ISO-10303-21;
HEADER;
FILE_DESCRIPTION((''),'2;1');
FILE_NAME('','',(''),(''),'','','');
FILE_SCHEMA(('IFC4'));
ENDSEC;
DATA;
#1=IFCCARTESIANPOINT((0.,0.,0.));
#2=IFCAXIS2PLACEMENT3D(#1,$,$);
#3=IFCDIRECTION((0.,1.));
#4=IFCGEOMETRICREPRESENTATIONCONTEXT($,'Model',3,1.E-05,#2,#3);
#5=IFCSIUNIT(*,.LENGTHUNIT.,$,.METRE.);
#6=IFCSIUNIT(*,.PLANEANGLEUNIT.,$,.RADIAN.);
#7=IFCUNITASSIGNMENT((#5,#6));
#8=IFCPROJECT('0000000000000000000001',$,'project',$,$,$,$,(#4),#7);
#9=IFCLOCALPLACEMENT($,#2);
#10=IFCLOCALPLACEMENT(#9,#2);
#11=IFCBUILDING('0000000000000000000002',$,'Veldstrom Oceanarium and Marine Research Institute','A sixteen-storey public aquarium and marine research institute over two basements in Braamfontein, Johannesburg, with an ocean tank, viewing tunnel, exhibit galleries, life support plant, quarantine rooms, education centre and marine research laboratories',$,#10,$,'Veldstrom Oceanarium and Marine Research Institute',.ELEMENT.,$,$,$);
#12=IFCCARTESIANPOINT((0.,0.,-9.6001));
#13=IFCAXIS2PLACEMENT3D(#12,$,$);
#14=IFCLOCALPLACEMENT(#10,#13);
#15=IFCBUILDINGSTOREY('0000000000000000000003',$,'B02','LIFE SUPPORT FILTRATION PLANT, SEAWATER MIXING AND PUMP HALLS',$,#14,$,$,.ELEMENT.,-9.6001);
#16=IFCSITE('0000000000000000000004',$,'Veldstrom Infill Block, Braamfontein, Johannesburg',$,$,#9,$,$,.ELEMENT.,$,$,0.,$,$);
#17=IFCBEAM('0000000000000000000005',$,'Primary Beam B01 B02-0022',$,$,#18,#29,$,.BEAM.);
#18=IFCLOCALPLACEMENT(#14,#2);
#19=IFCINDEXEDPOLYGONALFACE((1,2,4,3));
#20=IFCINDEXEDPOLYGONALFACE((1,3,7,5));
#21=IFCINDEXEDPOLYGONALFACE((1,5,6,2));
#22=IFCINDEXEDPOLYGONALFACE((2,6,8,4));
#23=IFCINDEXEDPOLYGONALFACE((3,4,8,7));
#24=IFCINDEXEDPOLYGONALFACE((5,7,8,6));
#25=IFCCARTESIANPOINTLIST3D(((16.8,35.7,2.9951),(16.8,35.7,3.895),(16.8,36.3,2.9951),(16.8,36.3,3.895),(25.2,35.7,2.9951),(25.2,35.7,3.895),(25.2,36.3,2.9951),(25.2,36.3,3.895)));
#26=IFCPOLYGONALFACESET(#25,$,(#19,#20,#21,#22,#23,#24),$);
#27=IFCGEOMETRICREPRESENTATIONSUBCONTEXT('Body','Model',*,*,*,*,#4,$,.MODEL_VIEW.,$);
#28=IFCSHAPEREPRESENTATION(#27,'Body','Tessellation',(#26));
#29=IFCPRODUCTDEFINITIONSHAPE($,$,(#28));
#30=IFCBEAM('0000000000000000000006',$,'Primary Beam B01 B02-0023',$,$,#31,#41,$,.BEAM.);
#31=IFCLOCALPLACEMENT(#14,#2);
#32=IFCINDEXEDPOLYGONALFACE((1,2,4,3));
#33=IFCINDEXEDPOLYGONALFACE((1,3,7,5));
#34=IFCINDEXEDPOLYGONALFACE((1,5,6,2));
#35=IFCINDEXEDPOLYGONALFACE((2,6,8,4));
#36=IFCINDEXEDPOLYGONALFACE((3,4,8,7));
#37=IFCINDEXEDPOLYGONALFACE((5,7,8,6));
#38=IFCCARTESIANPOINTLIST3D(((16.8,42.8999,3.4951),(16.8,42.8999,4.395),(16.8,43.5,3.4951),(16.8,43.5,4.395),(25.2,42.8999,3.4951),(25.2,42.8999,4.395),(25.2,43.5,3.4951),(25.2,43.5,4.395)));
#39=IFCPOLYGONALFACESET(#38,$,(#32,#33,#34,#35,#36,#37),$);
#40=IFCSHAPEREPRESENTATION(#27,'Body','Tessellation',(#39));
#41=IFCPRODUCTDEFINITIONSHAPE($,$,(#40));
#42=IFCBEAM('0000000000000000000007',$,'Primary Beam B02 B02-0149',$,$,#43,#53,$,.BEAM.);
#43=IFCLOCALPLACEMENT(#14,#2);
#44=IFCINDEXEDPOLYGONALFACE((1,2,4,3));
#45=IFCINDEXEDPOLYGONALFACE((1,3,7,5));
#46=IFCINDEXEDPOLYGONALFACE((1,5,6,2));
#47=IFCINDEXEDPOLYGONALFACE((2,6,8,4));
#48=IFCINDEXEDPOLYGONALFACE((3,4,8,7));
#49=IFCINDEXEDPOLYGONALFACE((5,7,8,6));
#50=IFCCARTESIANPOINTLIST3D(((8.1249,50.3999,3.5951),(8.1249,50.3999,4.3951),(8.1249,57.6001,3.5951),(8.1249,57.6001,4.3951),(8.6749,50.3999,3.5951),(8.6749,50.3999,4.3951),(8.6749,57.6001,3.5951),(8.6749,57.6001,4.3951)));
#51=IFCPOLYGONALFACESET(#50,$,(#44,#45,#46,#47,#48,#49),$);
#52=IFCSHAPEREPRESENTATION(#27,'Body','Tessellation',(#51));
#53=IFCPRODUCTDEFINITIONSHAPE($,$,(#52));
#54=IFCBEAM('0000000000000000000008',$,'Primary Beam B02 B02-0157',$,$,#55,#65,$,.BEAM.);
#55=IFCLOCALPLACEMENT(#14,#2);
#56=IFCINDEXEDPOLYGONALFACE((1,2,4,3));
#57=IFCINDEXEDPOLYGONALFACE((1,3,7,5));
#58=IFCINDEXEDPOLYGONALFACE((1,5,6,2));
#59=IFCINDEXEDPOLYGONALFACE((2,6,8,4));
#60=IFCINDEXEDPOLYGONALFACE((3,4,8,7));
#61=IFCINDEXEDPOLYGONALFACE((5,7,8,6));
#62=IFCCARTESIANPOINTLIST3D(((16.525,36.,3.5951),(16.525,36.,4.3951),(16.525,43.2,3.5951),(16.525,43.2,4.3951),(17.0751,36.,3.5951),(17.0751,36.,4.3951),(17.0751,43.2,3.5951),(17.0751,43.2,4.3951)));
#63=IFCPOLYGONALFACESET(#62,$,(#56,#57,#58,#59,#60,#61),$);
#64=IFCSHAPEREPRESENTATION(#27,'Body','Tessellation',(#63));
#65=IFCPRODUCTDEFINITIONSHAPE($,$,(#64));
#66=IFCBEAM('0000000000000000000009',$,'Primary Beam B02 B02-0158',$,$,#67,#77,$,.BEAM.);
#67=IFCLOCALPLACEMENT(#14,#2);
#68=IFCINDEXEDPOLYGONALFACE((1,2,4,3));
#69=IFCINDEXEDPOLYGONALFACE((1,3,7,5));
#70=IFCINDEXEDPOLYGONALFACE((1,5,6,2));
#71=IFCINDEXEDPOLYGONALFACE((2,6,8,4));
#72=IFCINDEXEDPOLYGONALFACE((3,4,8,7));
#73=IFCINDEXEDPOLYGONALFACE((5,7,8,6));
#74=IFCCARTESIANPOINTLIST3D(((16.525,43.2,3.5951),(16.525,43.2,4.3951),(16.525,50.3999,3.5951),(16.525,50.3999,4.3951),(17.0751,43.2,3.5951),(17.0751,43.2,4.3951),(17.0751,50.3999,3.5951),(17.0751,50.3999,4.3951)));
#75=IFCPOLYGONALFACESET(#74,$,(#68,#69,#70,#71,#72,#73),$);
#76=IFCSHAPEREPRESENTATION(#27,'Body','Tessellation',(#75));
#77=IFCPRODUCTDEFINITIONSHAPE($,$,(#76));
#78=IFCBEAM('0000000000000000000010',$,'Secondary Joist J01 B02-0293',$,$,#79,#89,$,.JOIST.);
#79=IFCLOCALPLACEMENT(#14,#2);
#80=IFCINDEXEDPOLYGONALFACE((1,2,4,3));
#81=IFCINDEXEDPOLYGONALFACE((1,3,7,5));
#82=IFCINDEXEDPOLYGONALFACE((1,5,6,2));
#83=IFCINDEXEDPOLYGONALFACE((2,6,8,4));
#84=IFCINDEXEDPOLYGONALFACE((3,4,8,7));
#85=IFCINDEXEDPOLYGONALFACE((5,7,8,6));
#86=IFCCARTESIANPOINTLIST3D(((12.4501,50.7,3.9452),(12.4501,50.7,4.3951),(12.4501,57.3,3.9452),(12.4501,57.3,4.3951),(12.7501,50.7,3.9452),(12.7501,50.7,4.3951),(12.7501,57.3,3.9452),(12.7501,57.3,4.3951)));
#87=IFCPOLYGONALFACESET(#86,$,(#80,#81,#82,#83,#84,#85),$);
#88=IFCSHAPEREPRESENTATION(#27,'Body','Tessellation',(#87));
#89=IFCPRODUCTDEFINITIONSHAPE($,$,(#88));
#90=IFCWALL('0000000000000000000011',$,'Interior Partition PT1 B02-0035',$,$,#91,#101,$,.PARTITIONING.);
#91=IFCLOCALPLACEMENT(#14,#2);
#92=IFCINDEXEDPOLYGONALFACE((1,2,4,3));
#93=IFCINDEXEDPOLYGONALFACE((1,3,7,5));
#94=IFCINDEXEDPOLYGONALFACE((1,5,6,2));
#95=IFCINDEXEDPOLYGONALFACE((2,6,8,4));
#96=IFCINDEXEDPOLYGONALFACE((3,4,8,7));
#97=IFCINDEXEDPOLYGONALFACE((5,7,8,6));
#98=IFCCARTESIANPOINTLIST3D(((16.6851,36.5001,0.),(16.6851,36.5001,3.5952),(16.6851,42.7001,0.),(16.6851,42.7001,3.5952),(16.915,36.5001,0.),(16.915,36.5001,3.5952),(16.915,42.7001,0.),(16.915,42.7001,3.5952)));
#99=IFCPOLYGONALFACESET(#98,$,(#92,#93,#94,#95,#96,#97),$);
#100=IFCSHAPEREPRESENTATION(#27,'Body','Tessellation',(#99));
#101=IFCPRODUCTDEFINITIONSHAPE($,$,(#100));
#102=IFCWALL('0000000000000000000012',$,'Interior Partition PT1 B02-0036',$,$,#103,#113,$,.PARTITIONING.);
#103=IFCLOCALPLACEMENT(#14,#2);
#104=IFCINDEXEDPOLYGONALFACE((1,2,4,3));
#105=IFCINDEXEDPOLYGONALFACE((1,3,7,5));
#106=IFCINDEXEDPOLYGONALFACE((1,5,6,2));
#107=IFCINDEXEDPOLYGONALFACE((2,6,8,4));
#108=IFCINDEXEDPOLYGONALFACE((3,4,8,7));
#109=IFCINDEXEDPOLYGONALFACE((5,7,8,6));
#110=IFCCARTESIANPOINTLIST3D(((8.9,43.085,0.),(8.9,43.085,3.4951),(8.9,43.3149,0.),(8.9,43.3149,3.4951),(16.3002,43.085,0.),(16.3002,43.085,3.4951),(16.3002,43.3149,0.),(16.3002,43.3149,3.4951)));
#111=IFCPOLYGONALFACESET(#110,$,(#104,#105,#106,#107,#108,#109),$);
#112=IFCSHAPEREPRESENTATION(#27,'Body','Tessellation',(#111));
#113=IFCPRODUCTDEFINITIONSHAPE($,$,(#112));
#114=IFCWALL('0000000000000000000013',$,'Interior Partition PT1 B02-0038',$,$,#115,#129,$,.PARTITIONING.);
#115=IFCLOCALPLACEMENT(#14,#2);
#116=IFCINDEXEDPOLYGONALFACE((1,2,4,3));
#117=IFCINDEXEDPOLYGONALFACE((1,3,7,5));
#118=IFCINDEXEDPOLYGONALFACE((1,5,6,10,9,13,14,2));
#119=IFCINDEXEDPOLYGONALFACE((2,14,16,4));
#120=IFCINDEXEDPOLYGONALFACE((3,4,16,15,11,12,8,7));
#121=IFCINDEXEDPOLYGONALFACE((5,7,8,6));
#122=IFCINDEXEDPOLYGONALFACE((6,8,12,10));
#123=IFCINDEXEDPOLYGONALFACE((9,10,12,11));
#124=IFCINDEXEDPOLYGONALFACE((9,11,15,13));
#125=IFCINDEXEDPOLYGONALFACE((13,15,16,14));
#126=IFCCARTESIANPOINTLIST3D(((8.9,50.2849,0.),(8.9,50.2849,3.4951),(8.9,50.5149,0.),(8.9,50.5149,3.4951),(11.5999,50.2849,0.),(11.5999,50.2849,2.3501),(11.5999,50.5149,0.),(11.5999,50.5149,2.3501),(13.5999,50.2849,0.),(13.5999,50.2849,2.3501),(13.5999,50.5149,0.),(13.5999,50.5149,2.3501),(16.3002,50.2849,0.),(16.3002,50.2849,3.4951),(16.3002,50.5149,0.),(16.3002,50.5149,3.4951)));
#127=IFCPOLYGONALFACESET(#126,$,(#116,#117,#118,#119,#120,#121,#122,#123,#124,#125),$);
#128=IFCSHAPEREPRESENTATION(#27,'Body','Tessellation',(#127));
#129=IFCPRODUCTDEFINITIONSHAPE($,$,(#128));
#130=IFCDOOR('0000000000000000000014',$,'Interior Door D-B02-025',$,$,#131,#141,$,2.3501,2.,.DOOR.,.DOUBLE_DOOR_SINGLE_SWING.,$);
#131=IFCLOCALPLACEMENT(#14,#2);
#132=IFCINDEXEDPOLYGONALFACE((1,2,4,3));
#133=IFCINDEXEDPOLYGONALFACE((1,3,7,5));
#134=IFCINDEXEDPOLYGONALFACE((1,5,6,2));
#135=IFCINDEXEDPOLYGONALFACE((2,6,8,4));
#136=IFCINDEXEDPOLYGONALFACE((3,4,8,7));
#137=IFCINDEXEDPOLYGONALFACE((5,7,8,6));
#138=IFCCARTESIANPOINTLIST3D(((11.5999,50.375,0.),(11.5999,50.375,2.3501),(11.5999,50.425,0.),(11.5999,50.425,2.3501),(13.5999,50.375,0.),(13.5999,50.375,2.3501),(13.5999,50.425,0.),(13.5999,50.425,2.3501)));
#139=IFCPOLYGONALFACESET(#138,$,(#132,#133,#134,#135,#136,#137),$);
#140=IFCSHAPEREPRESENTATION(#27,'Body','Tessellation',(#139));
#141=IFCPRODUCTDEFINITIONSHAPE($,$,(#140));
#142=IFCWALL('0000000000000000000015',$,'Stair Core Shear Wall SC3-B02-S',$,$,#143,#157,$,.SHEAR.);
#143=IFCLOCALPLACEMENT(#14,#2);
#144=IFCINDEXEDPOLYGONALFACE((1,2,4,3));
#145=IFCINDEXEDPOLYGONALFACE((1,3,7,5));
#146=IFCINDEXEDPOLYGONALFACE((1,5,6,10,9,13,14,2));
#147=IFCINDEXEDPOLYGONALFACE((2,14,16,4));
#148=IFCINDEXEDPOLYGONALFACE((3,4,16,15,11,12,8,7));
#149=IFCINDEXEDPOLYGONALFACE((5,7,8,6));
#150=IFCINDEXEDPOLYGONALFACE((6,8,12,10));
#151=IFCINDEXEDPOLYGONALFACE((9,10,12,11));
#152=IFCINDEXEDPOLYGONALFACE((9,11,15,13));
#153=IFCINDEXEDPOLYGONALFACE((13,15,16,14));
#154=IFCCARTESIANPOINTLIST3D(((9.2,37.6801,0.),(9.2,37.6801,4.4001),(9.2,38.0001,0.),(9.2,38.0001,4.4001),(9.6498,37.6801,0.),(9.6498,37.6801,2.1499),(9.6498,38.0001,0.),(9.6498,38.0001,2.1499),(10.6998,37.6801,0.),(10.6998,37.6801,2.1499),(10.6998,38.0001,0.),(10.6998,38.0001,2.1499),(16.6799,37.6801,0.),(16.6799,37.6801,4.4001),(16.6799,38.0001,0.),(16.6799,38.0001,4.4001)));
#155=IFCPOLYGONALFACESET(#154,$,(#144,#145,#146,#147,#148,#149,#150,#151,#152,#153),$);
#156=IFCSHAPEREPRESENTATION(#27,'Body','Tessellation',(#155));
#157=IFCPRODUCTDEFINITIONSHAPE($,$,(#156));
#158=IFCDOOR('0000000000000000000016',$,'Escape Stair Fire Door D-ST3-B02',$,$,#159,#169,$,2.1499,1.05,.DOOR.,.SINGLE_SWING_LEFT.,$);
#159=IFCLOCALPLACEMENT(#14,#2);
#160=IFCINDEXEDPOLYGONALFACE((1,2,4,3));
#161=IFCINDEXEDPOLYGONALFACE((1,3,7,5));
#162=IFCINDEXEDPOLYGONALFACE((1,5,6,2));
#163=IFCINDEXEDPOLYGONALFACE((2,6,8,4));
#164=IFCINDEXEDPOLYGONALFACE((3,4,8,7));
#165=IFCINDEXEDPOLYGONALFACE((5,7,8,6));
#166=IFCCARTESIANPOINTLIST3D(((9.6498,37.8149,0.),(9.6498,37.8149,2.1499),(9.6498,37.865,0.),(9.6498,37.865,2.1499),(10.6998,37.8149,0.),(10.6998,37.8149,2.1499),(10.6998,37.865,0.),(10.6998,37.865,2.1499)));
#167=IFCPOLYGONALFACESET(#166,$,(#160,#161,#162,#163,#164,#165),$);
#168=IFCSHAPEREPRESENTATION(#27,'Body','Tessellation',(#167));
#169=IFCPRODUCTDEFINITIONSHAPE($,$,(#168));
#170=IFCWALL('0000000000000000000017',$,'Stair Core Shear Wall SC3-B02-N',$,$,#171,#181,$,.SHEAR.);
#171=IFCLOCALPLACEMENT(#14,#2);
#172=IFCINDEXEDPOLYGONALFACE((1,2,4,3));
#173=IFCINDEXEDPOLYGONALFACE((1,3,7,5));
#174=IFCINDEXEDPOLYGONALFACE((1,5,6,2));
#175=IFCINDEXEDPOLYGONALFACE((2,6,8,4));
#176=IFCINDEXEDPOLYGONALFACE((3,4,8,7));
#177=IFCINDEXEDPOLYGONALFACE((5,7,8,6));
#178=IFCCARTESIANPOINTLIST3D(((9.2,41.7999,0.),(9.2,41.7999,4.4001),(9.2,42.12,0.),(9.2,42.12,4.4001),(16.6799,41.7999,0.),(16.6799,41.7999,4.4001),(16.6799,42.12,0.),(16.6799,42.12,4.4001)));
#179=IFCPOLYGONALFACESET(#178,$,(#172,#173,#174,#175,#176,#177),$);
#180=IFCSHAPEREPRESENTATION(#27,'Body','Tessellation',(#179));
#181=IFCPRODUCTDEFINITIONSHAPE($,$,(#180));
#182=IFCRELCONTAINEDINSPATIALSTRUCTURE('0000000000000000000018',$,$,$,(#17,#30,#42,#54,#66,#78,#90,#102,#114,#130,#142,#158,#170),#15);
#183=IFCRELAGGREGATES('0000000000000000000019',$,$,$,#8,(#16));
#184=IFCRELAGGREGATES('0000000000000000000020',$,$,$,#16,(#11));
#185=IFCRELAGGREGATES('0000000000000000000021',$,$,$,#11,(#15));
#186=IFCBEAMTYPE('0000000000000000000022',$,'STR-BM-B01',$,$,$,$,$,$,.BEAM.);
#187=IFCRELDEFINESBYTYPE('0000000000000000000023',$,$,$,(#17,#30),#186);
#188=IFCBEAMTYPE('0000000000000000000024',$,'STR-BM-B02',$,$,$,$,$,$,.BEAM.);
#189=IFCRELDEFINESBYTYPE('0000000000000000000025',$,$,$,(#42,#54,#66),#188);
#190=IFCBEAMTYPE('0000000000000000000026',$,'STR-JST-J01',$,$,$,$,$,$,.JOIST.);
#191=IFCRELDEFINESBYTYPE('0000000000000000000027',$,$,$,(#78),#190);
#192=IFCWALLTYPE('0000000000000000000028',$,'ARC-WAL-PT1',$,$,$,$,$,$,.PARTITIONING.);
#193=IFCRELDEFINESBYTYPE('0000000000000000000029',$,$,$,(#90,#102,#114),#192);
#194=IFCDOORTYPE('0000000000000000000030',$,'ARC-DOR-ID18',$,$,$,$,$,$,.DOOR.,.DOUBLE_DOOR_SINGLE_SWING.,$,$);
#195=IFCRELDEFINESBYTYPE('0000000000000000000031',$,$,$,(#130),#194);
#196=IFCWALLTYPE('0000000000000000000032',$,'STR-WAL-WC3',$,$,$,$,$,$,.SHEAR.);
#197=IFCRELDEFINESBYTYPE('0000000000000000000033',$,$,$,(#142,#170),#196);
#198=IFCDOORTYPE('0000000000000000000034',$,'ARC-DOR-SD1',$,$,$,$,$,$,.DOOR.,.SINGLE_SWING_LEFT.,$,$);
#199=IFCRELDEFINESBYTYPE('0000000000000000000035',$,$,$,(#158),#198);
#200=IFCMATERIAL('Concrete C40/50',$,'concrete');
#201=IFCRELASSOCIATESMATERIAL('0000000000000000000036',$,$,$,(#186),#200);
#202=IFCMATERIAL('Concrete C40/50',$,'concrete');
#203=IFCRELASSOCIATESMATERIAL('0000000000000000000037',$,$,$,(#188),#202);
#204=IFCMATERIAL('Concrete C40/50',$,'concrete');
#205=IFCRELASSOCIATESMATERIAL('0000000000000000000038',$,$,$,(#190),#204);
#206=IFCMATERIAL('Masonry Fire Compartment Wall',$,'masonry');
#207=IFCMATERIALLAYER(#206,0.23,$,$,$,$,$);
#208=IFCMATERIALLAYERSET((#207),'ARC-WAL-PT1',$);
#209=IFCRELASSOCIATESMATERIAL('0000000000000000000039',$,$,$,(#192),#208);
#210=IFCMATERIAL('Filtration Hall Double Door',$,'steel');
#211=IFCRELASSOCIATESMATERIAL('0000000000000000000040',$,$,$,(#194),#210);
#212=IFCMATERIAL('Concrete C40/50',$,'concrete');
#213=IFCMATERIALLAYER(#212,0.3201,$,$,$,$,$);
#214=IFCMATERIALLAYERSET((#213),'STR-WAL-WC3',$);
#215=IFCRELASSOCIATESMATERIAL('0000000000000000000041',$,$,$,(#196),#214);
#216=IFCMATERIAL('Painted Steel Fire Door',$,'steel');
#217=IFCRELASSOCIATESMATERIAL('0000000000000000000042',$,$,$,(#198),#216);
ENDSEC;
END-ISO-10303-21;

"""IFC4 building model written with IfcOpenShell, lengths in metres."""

from ifc_helpers import new_model, si_unit, direction, frame, frame_2d, origin, origin_2d, place, context, subcontext, project, spatial, rectangle, extrude, material, layer, layer_set, material_profile, profile_set, type_object, element, fill, save


model = new_model("IFC4")

# Units and contexts
model_context = context("Model", 3, precision=1e-05, world=origin(), true_north=direction((0.0, 1.0)))
body_context = subcontext(model_context, "Body", "Model", "MODEL_VIEW")
ifc_project = project(units=[si_unit("LENGTHUNIT", "METRE"), si_unit("PLANEANGLEUNIT", "RADIAN")], contexts=[model_context])

# Site, building, storey
site_placement = place(None, origin())
site = spatial("IfcSite", under=ifc_project, at=site_placement, Name="Veldstrom Infill Block, Braamfontein, Johannesburg", CompositionType="ELEMENT", RefElevation=0.0)
building_placement = place(site_placement, origin())
building = spatial("IfcBuilding", under=site, at=building_placement, Name="Veldstrom Oceanarium and Marine Research Institute", Description="A sixteen-storey public aquarium and marine research institute over two basements in Braamfontein, Johannesburg, with an ocean tank, viewing tunnel, exhibit galleries, life support plant, quarantine rooms, education centre and marine research laboratories", LongName="Veldstrom Oceanarium and Marine Research Institute", CompositionType="ELEMENT")
storey_placement = place(building_placement, frame((0.0, 0.0, -9.6001)))
storey = spatial("IfcBuildingStorey", under=building, at=storey_placement, Name="B02", Description="LIFE SUPPORT FILTRATION PLANT, SEAWATER MIXING AND PUMP HALLS", CompositionType="ELEMENT", Elevation=-9.6001)

# Beams
ifc_material_1 = material(Name="Concrete C40/50", Category="concrete")
ifc_material_profile_1 = material_profile(ifc_material_1, rectangle(XDim=0.6001, YDim=0.8999, at=origin_2d()), Name="RC-BM-600x900")
ifc_profile_set_1 = profile_set([ifc_material_profile_1], Name="Concrete C40/50")
beam_type_1 = type_object("IfcBeamType", Name="STR-BM-B01", PredefinedType="BEAM", material=ifc_profile_set_1)
for number, where, z_axis, x_axis, name in (
    (1, (16.8, 36.0, 3.4451), (1.0, 0.0, 0.0), (0.0, 1.0, 0.0), "Primary Beam B01 B02-0022"),
    (2, (16.8, 43.2, 3.9451), (1.0, 0.0, 0.0), (0.0, 1.0, 0.0), "Primary Beam B01 B02-0023"),
):
    element("IfcBeam", number, at=place(storey_placement, frame(where, z_axis=z_axis, x_axis=x_axis)), inside=storey, type_object=beam_type_1, Name=name, PredefinedType="BEAM", context=body_context, shape_type="SweptSolid", body=[
        extrude(rectangle(XDim=0.6001, YDim=0.8999, at=origin_2d()), origin(), (0.0, 0.0, 1.0), 8.3999),
    ])
ifc_material_2 = material(Name="Concrete C40/50", Category="concrete")
ifc_material_profile_2 = material_profile(ifc_material_2, rectangle(XDim=0.55, YDim=0.8, at=origin_2d()), Name="RC-BM-550x800")
ifc_profile_set_2 = profile_set([ifc_material_profile_2], Name="Concrete C40/50")
beam_type_2 = type_object("IfcBeamType", Name="STR-BM-B02", PredefinedType="BEAM", material=ifc_profile_set_2)
beam_1_placement = place(storey_placement, frame((8.3999, 50.3999, 3.9951), z_axis=(0.0, 1.0, 0.0), x_axis=(-1.0, 0.0, 0.0)))
element("IfcBeam", 3, at=beam_1_placement, inside=storey, type_object=beam_type_2, Name="Primary Beam B02 B02-0149", PredefinedType="BEAM", context=body_context, shape_type="SweptSolid", body=[
    extrude(rectangle(XDim=0.55, YDim=0.8, at=origin_2d()), origin(), (0.0, 0.0, 1.0), 7.2002),
])
for number, where, z_axis, x_axis, name in (
    (4, (16.8, 36.0, 3.9951), (0.0, 1.0, 0.0), (-1.0, 0.0, 0.0), "Primary Beam B02 B02-0157"),
    (5, (16.8, 43.2, 3.9951), (0.0, 1.0, 0.0), (-1.0, 0.0, 0.0), "Primary Beam B02 B02-0158"),
):
    element("IfcBeam", number, at=place(storey_placement, frame(where, z_axis=z_axis, x_axis=x_axis)), inside=storey, type_object=beam_type_2, Name=name, PredefinedType="BEAM", context=body_context, shape_type="SweptSolid", body=[
        extrude(rectangle(XDim=0.55, YDim=0.8, at=origin_2d()), origin(), (0.0, 0.0, 1.0), 7.2),
    ])
ifc_material_3 = material(Name="Concrete C40/50", Category="concrete")
ifc_material_profile_3 = material_profile(ifc_material_3, rectangle(XDim=0.3, YDim=0.45, at=origin_2d()), Name="RC-JST-300x450")
ifc_profile_set_3 = profile_set([ifc_material_profile_3], Name="Concrete C40/50")
beam_type_3 = type_object("IfcBeamType", Name="STR-JST-J01", PredefinedType="JOIST", material=ifc_profile_set_3)
beam_2_placement = place(storey_placement, frame((12.6001, 50.7, 4.1702), z_axis=(0.0, 1.0, 0.0), x_axis=(-1.0, 0.0, 0.0)))
element("IfcBeam", 6, at=beam_2_placement, inside=storey, type_object=beam_type_3, Name="Secondary Joist J01 B02-0293", PredefinedType="JOIST", context=body_context, shape_type="SweptSolid", body=[
    extrude(rectangle(XDim=0.3, YDim=0.45, at=origin_2d()), origin(), (0.0, 0.0, 1.0), 6.6001),
])

# Walls
ifc_material_4 = material(Name="Masonry Fire Compartment Wall", Category="masonry")
ifc_layer_1 = layer(ifc_material_4, 0.23)
ifc_layer_set_1 = layer_set([ifc_layer_1], Name="ARC-WAL-PT1")
wall_type_1 = type_object("IfcWallType", Name="ARC-WAL-PT1", PredefinedType="PARTITIONING", material=ifc_layer_set_1)
wall_1_placement = place(storey_placement, frame((16.8, 36.5, 0.0), z_axis=(0.0, 0.0, 1.0), x_axis=(0.0, 1.0, 0.0)))
element("IfcWall", 7, at=wall_1_placement, inside=storey, type_object=wall_type_1, Name="Interior Partition PT1 B02-0035", PredefinedType="PARTITIONING", context=body_context, shape_type="SweptSolid", body=[
    extrude(rectangle(XDim=6.2, YDim=0.23, at=frame_2d((3.1001, 0.0))), origin(), (0.0, 0.0, 1.0), 3.5952),
])
wall_2_placement = place(storey_placement, frame((8.8999, 43.2, 0.0), z_axis=(0.0, 0.0, 1.0), x_axis=(1.0, 0.0, 0.0)))
element("IfcWall", 8, at=wall_2_placement, inside=storey, type_object=wall_type_1, Name="Interior Partition PT1 B02-0036", PredefinedType="PARTITIONING", context=body_context, shape_type="SweptSolid", body=[
    extrude(rectangle(XDim=7.4001, YDim=0.23, at=frame_2d((3.7002, 0.0))), origin(), (0.0, 0.0, 1.0), 3.4951),
])

# Walls, openings, doors
wall_3_placement = place(storey_placement, frame((8.8999, 50.3999, 0.0), z_axis=(0.0, 0.0, 1.0), x_axis=(1.0, 0.0, 0.0)))
wall_3 = element("IfcWall", 9, at=wall_3_placement, inside=storey, type_object=wall_type_1, Name="Interior Partition PT1 B02-0038", PredefinedType="PARTITIONING", context=body_context, shape_type="SweptSolid", body=[
    extrude(rectangle(XDim=7.4001, YDim=0.23, at=frame_2d((3.7002, 0.0))), origin(), (0.0, 0.0, 1.0), 3.4951),
])
opening_1_placement = place(wall_3_placement, frame((2.7, 0.0, 0.0)))
opening_1 = element("IfcOpeningElement", 10, at=opening_1_placement, cuts=wall_3, PredefinedType="OPENING", context=body_context, shape_type="SweptSolid", body=[
    extrude(rectangle(XDim=2.0, YDim=2.3501, at=frame_2d((1.0, 1.175))), frame((0.0, 0.125, 0.0), z_axis=(0.0, -1.0, 0.0), x_axis=(1.0, 0.0, 0.0)), (0.0, 0.0, 1.0), 0.25),
])
ifc_material_5 = material(Name="Filtration Hall Double Door", Category="steel")
door_type_1 = type_object("IfcDoorType", Name="ARC-DOR-ID18", OperationType="DOUBLE_DOOR_SINGLE_SWING", PredefinedType="DOOR", material=ifc_material_5)
door_1_placement = place(opening_1_placement, frame((2.0, 0.0, 0.0), z_axis=(0.0, 0.0, 1.0), x_axis=(-1.0, 0.0, 0.0)))
door_1 = element("IfcDoor", 11, at=door_1_placement, inside=storey, type_object=door_type_1, Name="Interior Door D-B02-025", OperationType="DOUBLE_DOOR_SINGLE_SWING", OverallHeight=2.3501, OverallWidth=2.0, PredefinedType="DOOR", context=body_context, shape_type="SweptSolid", body=[
    extrude(rectangle(XDim=2.0, YDim=2.3501, at=frame_2d((1.0, 1.175))), frame((0.0, 0.0249, 0.0), z_axis=(0.0, -1.0, 0.0), x_axis=(1.0, 0.0, 0.0)), (0.0, 0.0, 1.0), 0.05),
])
fill(opening_1, door_1)
ifc_material_6 = material(Name="Concrete C40/50", Category="concrete")
ifc_layer_2 = layer(ifc_material_6, 0.3201)
ifc_layer_set_2 = layer_set([ifc_layer_2], Name="STR-WAL-WC3")
wall_type_2 = type_object("IfcWallType", Name="STR-WAL-WC3", PredefinedType="SHEAR", material=ifc_layer_set_2)
wall_4_placement = place(storey_placement, frame((9.2, 37.8401, 0.0), z_axis=(0.0, 0.0, 1.0), x_axis=(1.0, 0.0, 0.0)))
wall_4 = element("IfcWall", 12, at=wall_4_placement, inside=storey, type_object=wall_type_2, Name="Stair Core Shear Wall SC3-B02-S", PredefinedType="SHEAR", context=body_context, shape_type="SweptSolid", body=[
    extrude(rectangle(XDim=7.48, YDim=0.3201, at=frame_2d((3.74, 0.0))), origin(), (0.0, 0.0, 1.0), 4.4001),
])
opening_2_placement = place(wall_4_placement, frame((0.45, 0.0, 0.0)))
opening_2 = element("IfcOpeningElement", 13, at=opening_2_placement, cuts=wall_4, PredefinedType="OPENING", context=body_context, shape_type="SweptSolid", body=[
    extrude(rectangle(XDim=1.05, YDim=2.1499, at=frame_2d((0.5249, 1.075))), frame((0.0, 0.1699, 0.0), z_axis=(0.0, -1.0, 0.0), x_axis=(1.0, 0.0, 0.0)), (0.0, 0.0, 1.0), 0.3401),
])
ifc_material_7 = material(Name="Painted Steel Fire Door", Category="steel")
door_type_2 = type_object("IfcDoorType", Name="ARC-DOR-SD1", OperationType="SINGLE_SWING_LEFT", PredefinedType="DOOR", material=ifc_material_7)
door_2_placement = place(opening_2_placement, origin())
door_2 = element("IfcDoor", 14, at=door_2_placement, inside=storey, type_object=door_type_2, Name="Escape Stair Fire Door D-ST3-B02", OperationType="SINGLE_SWING_LEFT", OverallHeight=2.1499, OverallWidth=1.05, PredefinedType="DOOR", context=body_context, shape_type="SweptSolid", body=[
    extrude(rectangle(XDim=1.05, YDim=2.1499, at=frame_2d((0.5249, 1.075))), frame((0.0, 0.0249, 0.0), z_axis=(0.0, -1.0, 0.0), x_axis=(1.0, 0.0, 0.0)), (0.0, 0.0, 1.0), 0.05),
])
fill(opening_2, door_2)

# Wall
wall_5_placement = place(storey_placement, frame((9.2, 41.96, 0.0), z_axis=(0.0, 0.0, 1.0), x_axis=(1.0, 0.0, 0.0)))
element("IfcWall", 15, at=wall_5_placement, inside=storey, type_object=wall_type_2, Name="Stair Core Shear Wall SC3-B02-N", PredefinedType="SHEAR", context=body_context, shape_type="SweptSolid", body=[
    extrude(rectangle(XDim=7.48, YDim=0.3201, at=frame_2d((3.74, 0.0))), origin(), (0.0, 0.0, 1.0), 4.4001),
])

save(model, "model.ifc")
